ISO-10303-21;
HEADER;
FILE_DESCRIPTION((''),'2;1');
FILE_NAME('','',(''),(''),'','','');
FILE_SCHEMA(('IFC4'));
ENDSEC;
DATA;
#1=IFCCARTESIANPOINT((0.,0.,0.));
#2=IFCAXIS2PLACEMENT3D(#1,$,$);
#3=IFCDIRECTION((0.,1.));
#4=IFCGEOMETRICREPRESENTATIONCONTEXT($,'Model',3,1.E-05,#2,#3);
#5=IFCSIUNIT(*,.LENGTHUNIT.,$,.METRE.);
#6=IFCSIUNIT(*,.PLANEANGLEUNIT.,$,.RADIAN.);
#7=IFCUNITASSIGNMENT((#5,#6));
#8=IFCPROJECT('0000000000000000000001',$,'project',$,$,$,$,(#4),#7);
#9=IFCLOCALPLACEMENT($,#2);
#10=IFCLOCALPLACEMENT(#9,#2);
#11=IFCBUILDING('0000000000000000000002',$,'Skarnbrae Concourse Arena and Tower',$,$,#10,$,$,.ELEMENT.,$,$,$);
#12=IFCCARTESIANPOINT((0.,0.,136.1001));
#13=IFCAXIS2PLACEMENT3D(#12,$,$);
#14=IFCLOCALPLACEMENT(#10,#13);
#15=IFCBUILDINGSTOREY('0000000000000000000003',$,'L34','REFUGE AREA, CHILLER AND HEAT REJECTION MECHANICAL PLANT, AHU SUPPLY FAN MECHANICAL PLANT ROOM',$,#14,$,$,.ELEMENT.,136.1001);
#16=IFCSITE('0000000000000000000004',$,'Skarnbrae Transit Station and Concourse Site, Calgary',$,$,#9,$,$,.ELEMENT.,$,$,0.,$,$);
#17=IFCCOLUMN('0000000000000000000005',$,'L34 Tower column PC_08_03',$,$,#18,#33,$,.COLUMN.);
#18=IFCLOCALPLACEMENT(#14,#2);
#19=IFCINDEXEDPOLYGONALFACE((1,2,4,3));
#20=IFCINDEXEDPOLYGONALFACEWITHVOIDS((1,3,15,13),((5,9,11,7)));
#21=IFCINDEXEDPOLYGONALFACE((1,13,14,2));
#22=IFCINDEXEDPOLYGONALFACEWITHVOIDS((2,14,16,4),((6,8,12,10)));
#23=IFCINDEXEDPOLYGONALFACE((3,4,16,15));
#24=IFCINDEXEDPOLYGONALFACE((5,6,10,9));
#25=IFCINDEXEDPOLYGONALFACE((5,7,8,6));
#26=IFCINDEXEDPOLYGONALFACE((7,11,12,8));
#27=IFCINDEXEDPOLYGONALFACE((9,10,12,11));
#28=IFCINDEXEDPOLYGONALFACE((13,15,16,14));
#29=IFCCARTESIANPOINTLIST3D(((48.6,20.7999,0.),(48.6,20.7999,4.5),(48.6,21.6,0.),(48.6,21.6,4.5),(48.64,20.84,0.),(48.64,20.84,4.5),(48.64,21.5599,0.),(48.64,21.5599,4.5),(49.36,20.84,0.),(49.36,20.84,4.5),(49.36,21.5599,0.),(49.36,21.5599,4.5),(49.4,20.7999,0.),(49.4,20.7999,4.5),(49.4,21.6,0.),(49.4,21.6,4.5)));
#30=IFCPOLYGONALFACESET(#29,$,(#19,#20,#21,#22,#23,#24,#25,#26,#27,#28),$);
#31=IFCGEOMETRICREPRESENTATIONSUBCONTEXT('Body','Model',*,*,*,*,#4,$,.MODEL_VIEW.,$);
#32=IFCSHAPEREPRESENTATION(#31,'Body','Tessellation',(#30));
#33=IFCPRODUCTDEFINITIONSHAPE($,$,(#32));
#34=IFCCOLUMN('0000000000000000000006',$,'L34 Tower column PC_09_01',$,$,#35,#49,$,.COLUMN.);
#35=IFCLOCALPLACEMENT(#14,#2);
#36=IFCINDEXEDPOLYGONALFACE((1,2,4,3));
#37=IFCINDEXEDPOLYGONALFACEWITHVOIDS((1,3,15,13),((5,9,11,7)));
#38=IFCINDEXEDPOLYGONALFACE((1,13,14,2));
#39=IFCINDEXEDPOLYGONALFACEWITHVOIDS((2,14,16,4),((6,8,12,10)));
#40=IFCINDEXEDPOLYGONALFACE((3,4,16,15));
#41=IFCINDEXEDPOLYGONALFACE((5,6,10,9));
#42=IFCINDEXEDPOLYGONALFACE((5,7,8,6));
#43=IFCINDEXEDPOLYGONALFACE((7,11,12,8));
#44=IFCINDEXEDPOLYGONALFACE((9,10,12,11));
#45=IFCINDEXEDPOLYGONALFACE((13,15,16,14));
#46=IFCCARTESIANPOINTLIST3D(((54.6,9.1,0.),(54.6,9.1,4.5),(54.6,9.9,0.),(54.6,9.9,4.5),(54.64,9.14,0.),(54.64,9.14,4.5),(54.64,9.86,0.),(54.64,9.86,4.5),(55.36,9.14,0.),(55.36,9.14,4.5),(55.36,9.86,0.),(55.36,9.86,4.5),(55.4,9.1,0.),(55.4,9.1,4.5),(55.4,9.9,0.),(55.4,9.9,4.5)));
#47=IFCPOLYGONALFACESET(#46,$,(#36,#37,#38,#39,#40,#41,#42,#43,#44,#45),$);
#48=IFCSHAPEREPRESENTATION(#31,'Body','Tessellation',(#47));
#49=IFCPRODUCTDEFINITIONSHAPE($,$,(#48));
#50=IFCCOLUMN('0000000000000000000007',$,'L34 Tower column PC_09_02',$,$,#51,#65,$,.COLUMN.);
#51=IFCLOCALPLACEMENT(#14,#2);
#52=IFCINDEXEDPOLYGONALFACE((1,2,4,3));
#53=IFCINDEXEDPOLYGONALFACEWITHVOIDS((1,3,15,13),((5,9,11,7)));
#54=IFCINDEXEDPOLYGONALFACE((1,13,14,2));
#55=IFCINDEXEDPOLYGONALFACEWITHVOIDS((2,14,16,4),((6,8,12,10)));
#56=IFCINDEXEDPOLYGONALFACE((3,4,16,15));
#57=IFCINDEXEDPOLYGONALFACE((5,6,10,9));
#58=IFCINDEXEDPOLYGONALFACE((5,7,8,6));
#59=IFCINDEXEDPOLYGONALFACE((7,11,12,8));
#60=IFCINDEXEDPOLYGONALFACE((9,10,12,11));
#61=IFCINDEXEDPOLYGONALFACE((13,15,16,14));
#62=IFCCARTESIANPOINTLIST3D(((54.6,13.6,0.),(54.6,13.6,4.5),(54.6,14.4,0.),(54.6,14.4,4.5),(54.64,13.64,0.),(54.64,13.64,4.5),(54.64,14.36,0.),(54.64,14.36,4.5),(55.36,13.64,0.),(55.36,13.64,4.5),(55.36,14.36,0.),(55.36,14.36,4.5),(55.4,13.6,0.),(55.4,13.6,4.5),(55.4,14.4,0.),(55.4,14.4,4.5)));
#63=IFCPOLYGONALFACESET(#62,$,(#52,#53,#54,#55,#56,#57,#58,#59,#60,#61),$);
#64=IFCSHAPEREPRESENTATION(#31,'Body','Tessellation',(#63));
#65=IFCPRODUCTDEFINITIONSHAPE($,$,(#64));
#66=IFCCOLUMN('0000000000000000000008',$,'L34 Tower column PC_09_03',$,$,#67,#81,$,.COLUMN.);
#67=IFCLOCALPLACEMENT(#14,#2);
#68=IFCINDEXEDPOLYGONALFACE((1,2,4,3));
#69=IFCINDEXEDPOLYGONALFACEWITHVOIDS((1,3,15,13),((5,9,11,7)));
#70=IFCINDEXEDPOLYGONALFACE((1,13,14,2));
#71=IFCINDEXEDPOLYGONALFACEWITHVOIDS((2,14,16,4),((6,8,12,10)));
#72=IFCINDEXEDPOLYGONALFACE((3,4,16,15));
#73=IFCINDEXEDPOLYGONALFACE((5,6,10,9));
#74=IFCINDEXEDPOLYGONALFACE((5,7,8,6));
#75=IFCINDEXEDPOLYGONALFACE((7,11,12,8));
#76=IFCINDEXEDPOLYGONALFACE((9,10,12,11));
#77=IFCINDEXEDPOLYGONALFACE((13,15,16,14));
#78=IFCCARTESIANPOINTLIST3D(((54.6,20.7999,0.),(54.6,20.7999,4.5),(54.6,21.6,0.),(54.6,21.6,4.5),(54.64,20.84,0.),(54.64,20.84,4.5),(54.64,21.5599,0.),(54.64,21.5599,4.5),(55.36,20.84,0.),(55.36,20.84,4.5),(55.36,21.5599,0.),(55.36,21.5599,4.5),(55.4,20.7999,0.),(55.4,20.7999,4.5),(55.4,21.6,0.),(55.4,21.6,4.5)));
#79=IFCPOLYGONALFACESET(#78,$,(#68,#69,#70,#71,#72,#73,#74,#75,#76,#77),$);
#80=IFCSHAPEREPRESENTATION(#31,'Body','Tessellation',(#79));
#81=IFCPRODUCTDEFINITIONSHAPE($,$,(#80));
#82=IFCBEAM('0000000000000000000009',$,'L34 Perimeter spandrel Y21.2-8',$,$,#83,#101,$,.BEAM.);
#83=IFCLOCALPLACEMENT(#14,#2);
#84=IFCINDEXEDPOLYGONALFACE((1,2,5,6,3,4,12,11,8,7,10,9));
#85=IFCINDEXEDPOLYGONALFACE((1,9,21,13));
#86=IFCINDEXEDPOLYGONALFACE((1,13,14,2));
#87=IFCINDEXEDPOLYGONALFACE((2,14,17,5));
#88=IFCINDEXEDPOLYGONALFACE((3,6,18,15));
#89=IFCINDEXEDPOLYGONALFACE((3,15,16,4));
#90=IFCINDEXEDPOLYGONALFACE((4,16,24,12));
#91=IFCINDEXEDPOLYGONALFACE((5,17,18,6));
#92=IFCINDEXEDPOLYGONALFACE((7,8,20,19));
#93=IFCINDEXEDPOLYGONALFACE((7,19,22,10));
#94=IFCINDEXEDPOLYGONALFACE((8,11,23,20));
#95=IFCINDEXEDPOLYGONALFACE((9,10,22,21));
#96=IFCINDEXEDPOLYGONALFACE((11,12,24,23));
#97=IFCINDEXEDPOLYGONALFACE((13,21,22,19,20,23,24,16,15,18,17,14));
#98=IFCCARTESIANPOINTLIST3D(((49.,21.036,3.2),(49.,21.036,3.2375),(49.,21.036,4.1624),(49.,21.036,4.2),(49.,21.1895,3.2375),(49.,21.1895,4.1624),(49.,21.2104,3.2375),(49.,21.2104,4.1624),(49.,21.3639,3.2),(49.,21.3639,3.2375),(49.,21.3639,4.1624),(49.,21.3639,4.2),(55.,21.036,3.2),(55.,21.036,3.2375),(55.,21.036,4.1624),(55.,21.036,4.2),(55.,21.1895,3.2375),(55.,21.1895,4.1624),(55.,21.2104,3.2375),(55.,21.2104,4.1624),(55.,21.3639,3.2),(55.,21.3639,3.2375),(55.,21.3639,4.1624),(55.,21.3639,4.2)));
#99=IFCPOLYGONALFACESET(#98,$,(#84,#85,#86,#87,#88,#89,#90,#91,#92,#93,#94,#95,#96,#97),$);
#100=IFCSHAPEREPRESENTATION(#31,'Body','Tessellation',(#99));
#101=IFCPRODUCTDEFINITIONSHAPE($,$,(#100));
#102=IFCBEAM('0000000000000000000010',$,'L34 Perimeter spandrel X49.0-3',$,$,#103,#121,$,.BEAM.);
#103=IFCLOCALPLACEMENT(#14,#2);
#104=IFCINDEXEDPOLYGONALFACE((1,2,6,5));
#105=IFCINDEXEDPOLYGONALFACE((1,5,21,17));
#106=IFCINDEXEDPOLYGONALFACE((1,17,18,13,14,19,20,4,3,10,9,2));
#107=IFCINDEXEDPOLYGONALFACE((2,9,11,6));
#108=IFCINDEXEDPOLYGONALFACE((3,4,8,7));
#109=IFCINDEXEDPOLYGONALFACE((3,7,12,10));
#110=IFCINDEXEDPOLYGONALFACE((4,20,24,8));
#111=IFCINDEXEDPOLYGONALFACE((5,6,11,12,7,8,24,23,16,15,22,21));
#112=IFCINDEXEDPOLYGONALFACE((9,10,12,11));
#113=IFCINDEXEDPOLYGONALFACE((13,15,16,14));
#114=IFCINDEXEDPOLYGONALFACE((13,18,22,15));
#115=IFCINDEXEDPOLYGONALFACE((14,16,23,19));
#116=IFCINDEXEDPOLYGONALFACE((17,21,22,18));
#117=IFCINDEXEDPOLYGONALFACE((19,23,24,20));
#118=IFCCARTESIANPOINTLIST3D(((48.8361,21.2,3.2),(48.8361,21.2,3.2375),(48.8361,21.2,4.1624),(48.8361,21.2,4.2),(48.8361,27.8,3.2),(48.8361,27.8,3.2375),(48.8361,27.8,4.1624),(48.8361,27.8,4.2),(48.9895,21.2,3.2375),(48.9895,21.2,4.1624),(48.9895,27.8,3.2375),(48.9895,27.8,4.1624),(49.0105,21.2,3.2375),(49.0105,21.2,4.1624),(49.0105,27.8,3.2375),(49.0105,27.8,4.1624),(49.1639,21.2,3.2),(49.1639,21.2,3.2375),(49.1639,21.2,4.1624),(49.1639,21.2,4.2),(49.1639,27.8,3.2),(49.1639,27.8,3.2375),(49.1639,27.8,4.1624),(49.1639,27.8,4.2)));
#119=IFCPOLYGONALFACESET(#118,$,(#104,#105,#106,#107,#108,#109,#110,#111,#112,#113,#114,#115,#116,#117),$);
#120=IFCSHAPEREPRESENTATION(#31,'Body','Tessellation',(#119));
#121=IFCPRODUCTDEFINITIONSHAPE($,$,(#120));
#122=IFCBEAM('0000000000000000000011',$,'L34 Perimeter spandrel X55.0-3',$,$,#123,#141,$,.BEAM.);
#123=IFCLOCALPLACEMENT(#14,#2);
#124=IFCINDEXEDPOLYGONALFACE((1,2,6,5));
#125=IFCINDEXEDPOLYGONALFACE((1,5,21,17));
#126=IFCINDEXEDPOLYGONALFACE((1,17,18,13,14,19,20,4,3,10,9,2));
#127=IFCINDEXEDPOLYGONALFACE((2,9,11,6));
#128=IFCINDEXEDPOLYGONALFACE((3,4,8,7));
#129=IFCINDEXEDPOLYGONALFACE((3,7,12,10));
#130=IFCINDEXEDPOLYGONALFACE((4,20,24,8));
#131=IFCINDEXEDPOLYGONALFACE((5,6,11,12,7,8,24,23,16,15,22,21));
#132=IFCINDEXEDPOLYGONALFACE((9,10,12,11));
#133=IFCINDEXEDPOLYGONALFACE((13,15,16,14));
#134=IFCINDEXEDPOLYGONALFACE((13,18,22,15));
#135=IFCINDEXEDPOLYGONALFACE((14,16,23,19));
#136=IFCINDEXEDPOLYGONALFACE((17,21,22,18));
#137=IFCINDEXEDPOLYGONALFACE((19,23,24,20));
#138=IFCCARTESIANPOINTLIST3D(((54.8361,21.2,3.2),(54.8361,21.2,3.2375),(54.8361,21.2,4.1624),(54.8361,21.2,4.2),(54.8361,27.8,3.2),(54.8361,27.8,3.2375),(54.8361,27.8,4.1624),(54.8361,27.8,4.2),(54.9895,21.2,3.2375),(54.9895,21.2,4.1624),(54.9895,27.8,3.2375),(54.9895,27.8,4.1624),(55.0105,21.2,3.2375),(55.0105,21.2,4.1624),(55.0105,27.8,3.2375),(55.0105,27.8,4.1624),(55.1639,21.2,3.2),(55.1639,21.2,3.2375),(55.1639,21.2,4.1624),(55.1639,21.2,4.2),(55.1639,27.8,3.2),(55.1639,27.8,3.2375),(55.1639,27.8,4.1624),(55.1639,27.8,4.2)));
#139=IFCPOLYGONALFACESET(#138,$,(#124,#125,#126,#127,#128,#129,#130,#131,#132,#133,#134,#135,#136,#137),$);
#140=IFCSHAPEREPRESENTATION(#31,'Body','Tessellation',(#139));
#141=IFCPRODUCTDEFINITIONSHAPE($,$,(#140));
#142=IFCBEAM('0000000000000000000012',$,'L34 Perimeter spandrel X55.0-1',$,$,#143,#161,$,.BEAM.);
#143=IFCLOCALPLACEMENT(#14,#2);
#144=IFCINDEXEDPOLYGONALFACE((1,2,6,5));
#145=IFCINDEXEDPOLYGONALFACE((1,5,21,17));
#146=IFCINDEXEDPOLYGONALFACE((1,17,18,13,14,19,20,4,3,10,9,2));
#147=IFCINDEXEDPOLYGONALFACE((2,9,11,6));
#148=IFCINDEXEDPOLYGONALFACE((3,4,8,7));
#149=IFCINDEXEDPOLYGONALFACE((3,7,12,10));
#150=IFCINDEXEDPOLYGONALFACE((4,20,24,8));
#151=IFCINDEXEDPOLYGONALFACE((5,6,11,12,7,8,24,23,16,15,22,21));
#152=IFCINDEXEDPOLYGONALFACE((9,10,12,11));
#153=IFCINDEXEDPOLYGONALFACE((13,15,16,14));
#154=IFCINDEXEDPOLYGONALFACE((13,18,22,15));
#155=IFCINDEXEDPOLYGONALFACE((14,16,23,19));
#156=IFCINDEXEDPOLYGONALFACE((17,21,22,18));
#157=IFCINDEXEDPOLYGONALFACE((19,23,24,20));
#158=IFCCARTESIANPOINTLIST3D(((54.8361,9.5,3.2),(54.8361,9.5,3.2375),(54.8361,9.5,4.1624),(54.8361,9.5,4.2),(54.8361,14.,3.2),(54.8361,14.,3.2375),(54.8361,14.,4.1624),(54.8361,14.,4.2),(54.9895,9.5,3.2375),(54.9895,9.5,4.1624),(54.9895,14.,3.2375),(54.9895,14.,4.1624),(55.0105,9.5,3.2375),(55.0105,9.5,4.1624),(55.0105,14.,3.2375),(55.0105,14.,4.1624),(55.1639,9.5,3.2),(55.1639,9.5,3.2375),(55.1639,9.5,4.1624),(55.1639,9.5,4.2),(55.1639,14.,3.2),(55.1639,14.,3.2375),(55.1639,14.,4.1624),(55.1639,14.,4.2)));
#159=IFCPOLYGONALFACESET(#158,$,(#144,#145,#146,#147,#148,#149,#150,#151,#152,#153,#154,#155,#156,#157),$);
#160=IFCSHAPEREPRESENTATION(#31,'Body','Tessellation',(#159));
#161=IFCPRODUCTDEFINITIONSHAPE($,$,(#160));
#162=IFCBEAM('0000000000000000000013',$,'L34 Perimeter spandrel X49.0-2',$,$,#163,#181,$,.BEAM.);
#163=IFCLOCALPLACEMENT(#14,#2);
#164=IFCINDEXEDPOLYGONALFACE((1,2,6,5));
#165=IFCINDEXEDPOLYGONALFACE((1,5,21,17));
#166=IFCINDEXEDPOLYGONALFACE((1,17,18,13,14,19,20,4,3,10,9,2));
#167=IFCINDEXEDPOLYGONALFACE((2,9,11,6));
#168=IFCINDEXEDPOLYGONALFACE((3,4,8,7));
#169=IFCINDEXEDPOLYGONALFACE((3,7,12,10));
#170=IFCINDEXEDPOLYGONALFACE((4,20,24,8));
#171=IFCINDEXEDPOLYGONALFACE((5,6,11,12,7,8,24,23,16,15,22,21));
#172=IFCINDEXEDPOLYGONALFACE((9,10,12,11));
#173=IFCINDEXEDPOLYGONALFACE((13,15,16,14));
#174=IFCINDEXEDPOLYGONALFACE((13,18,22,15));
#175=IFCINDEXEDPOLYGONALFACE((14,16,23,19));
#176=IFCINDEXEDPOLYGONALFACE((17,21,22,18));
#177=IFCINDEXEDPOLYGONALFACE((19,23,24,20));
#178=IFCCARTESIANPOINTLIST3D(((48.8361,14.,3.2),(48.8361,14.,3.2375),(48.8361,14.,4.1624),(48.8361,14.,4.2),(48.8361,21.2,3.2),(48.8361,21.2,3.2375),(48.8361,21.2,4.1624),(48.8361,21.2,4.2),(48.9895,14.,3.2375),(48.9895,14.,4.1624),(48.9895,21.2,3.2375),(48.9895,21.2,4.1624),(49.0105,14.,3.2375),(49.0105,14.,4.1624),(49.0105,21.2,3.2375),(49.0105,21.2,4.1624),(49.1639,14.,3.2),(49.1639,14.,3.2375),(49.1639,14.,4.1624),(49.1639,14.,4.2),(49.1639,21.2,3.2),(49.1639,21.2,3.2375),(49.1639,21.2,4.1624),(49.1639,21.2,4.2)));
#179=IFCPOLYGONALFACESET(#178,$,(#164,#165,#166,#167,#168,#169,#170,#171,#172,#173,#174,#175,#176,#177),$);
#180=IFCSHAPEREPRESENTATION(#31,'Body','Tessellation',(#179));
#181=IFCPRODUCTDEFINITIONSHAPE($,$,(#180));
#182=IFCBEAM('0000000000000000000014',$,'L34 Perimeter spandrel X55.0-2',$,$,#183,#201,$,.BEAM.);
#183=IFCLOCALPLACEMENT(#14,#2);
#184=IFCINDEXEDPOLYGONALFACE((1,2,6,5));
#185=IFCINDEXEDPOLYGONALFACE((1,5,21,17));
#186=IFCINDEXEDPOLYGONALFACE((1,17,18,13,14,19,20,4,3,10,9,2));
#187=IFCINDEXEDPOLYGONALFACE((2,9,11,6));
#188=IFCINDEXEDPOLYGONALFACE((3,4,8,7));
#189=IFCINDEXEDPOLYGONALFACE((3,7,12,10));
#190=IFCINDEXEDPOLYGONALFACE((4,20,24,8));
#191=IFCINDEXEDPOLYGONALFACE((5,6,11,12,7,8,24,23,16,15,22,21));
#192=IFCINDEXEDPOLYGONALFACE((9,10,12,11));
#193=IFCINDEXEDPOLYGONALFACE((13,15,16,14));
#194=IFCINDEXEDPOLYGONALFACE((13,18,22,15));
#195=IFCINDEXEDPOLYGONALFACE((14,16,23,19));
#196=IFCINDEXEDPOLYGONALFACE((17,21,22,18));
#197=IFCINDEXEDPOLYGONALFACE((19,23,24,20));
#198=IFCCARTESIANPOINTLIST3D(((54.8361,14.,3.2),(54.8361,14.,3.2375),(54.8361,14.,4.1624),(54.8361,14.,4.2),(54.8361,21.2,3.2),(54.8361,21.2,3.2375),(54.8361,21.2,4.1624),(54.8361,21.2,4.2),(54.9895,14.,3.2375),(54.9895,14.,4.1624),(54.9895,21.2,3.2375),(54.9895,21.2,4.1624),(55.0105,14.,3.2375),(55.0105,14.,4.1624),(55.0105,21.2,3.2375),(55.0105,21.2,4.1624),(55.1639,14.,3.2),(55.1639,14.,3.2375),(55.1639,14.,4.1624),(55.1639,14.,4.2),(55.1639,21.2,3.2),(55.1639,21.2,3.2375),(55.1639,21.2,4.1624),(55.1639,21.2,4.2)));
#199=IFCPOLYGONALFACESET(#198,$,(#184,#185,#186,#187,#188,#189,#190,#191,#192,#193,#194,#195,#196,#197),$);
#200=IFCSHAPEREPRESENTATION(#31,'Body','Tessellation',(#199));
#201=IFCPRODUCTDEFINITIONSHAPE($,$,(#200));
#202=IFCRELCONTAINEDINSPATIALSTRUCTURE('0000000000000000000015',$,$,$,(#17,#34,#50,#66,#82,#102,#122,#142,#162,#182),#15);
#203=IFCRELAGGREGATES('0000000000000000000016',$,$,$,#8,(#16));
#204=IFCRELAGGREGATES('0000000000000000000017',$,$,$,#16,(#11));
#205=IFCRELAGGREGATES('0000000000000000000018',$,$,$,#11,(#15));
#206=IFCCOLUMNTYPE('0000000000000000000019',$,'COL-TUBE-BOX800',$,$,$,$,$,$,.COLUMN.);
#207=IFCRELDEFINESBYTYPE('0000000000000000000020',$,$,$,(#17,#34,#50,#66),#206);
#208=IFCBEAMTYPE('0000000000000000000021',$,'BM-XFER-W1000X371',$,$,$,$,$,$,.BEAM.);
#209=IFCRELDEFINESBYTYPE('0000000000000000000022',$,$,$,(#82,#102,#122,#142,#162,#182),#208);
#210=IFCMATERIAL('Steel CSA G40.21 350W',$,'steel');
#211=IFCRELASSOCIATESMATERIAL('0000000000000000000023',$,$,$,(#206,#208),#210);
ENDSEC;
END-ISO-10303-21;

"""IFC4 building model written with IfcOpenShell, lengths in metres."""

from ifc_helpers import new_model, si_unit, direction, frame, origin, origin_2d, place, context, subcontext, project, spatial, hollow_rectangle, i_section, extrude, source, transform, mapped, material, material_profile, profile_set, type_object, element, save


model = new_model("IFC4")

# Units and contexts
model_context = context("Model", 3, precision=1e-05, world=origin(), true_north=direction((0.0, 1.0)))
body_context = subcontext(model_context, "Body", "Model", "MODEL_VIEW")
ifc_project = project(units=[si_unit("LENGTHUNIT", "METRE"), si_unit("PLANEANGLEUNIT", "RADIAN")], contexts=[model_context])

# Site, building, storey
site_placement = place(None, origin())
site = spatial("IfcSite", under=ifc_project, at=site_placement, Name="Skarnbrae Transit Station and Concourse Site, Calgary", CompositionType="ELEMENT", RefElevation=0.0)
building_placement = place(site_placement, origin())
building = spatial("IfcBuilding", under=site, at=building_placement, Name="Skarnbrae Concourse Arena and Tower", CompositionType="ELEMENT")
storey_placement = place(building_placement, frame((0.0, 0.0, 136.1001)))
storey = spatial("IfcBuildingStorey", under=building, at=storey_placement, Name="L34", Description="REFUGE AREA, CHILLER AND HEAT REJECTION MECHANICAL PLANT, AHU SUPPLY FAN MECHANICAL PLANT ROOM", CompositionType="ELEMENT", Elevation=136.1001)

# Columns
ifc_material_1 = material(Name="Steel CSA G40.21 350W", Category="steel")
ifc_material_profile_1 = material_profile(ifc_material_1, hollow_rectangle(XDim=0.8, YDim=0.8, WallThickness=0.04, at=origin_2d()), Name="BOX800X800X40")
ifc_profile_set_1 = profile_set([ifc_material_profile_1], Name="Steel CSA G40.21 350W")
column_type = type_object("IfcColumnType", Name="COL-TUBE-BOX800", PredefinedType="COLUMN", material=ifc_profile_set_1)
shared_shape_1 = source(origin(), body_context, "Body", "SweptSolid", [
    extrude(hollow_rectangle(XDim=0.8, YDim=0.8, WallThickness=0.04, at=origin_2d()), origin(), (0.0, 0.0, 1.0), 4.5),
])
for number, where, z_axis, x_axis, name in (
    (1, (49.0, 21.2, 0.0), (0.0, 0.0, 1.0), (1.0, 0.0, 0.0), "L34 Tower column PC_08_03"),
    (2, (55.0, 9.5, 0.0), (0.0, 0.0, 1.0), (1.0, 0.0, 0.0), "L34 Tower column PC_09_01"),
    (3, (55.0, 14.0, 0.0), (0.0, 0.0, 1.0), (1.0, 0.0, 0.0), "L34 Tower column PC_09_02"),
    (4, (55.0, 21.2, 0.0), (0.0, 0.0, 1.0), (1.0, 0.0, 0.0), "L34 Tower column PC_09_03"),
):
    element("IfcColumn", number, at=place(storey_placement, frame(where, z_axis=z_axis, x_axis=x_axis)), inside=storey, type_object=column_type, Name=name, PredefinedType="COLUMN", context=body_context, shape_type="MappedRepresentation", body=[
        mapped(shared_shape_1, transform((0.0, 0.0, 0.0))),
    ])

# Beams
ifc_material_profile_2 = material_profile(ifc_material_1, i_section(OverallWidth=0.3279, OverallDepth=1.0, WebThickness=0.021, FlangeThickness=0.0376, at=origin_2d()), Name="W1000X371")
ifc_profile_set_2 = profile_set([ifc_material_profile_2], Name="Steel CSA G40.21 350W")
beam_type_1 = type_object("IfcBeamType", Name="BM-XFER-W1000X371", PredefinedType="BEAM", material=ifc_profile_set_2)
shared_shape_2 = source(origin(), body_context, "Body", "SweptSolid", [
    extrude(i_section(OverallWidth=0.3279, OverallDepth=1.0, WebThickness=0.021, FlangeThickness=0.0376, at=origin_2d()), origin(), (0.0, 0.0, 1.0), 6.0),
])
beam_1_placement = place(storey_placement, frame((49.0, 21.2, 3.7), z_axis=(1.0, 0.0, 0.0), x_axis=(0.0, 1.0, 0.0)))
element("IfcBeam", 5, at=beam_1_placement, inside=storey, type_object=beam_type_1, Name="L34 Perimeter spandrel Y21.2-8", PredefinedType="BEAM", context=body_context, shape_type="MappedRepresentation", body=[
    mapped(shared_shape_2, transform((0.0, 0.0, 0.0))),
])
shared_shape_3 = source(origin(), body_context, "Body", "SweptSolid", [
    extrude(i_section(OverallWidth=0.3279, OverallDepth=1.0, WebThickness=0.021, FlangeThickness=0.0376, at=origin_2d()), origin(), (0.0, 0.0, 1.0), 6.6001),
])
for number, where, z_axis, x_axis, name in (
    (6, (49.0, 21.2, 3.7), (0.0, 1.0, 0.0), (-1.0, 0.0, 0.0), "L34 Perimeter spandrel X49.0-3"),
    (7, (55.0, 21.2, 3.7), (0.0, 1.0, 0.0), (-1.0, 0.0, 0.0), "L34 Perimeter spandrel X55.0-3"),
):
    element("IfcBeam", number, at=place(storey_placement, frame(where, z_axis=z_axis, x_axis=x_axis)), inside=storey, type_object=beam_type_1, Name=name, PredefinedType="BEAM", context=body_context, shape_type="MappedRepresentation", body=[
        mapped(shared_shape_3, transform((0.0, 0.0, 0.0))),
    ])
shared_shape_4 = source(origin(), body_context, "Body", "SweptSolid", [
    extrude(i_section(OverallWidth=0.3279, OverallDepth=1.0, WebThickness=0.021, FlangeThickness=0.0376, at=origin_2d()), origin(), (0.0, 0.0, 1.0), 4.5),
])
beam_2_placement = place(storey_placement, frame((55.0, 9.5, 3.7), z_axis=(0.0, 1.0, 0.0), x_axis=(-1.0, 0.0, 0.0)))
element("IfcBeam", 8, at=beam_2_placement, inside=storey, type_object=beam_type_1, Name="L34 Perimeter spandrel X55.0-1", PredefinedType="BEAM", context=body_context, shape_type="MappedRepresentation", body=[
    mapped(shared_shape_4, transform((0.0, 0.0, 0.0))),
])
shared_shape_5 = source(origin(), body_context, "Body", "SweptSolid", [
    extrude(i_section(OverallWidth=0.3279, OverallDepth=1.0, WebThickness=0.021, FlangeThickness=0.0376, at=origin_2d()), origin(), (0.0, 0.0, 1.0), 7.2),
])
for number, where, z_axis, x_axis, name in (
    (9, (49.0, 14.0, 3.7), (0.0, 1.0, 0.0), (-1.0, 0.0, 0.0), "L34 Perimeter spandrel X49.0-2"),
    (10, (55.0, 14.0, 3.7), (0.0, 1.0, 0.0), (-1.0, 0.0, 0.0), "L34 Perimeter spandrel X55.0-2"),
):
    element("IfcBeam", number, at=place(storey_placement, frame(where, z_axis=z_axis, x_axis=x_axis)), inside=storey, type_object=beam_type_1, Name=name, PredefinedType="BEAM", context=body_context, shape_type="MappedRepresentation", body=[
        mapped(shared_shape_5, transform((0.0, 0.0, 0.0))),
    ])

save(model, "model.ifc")
